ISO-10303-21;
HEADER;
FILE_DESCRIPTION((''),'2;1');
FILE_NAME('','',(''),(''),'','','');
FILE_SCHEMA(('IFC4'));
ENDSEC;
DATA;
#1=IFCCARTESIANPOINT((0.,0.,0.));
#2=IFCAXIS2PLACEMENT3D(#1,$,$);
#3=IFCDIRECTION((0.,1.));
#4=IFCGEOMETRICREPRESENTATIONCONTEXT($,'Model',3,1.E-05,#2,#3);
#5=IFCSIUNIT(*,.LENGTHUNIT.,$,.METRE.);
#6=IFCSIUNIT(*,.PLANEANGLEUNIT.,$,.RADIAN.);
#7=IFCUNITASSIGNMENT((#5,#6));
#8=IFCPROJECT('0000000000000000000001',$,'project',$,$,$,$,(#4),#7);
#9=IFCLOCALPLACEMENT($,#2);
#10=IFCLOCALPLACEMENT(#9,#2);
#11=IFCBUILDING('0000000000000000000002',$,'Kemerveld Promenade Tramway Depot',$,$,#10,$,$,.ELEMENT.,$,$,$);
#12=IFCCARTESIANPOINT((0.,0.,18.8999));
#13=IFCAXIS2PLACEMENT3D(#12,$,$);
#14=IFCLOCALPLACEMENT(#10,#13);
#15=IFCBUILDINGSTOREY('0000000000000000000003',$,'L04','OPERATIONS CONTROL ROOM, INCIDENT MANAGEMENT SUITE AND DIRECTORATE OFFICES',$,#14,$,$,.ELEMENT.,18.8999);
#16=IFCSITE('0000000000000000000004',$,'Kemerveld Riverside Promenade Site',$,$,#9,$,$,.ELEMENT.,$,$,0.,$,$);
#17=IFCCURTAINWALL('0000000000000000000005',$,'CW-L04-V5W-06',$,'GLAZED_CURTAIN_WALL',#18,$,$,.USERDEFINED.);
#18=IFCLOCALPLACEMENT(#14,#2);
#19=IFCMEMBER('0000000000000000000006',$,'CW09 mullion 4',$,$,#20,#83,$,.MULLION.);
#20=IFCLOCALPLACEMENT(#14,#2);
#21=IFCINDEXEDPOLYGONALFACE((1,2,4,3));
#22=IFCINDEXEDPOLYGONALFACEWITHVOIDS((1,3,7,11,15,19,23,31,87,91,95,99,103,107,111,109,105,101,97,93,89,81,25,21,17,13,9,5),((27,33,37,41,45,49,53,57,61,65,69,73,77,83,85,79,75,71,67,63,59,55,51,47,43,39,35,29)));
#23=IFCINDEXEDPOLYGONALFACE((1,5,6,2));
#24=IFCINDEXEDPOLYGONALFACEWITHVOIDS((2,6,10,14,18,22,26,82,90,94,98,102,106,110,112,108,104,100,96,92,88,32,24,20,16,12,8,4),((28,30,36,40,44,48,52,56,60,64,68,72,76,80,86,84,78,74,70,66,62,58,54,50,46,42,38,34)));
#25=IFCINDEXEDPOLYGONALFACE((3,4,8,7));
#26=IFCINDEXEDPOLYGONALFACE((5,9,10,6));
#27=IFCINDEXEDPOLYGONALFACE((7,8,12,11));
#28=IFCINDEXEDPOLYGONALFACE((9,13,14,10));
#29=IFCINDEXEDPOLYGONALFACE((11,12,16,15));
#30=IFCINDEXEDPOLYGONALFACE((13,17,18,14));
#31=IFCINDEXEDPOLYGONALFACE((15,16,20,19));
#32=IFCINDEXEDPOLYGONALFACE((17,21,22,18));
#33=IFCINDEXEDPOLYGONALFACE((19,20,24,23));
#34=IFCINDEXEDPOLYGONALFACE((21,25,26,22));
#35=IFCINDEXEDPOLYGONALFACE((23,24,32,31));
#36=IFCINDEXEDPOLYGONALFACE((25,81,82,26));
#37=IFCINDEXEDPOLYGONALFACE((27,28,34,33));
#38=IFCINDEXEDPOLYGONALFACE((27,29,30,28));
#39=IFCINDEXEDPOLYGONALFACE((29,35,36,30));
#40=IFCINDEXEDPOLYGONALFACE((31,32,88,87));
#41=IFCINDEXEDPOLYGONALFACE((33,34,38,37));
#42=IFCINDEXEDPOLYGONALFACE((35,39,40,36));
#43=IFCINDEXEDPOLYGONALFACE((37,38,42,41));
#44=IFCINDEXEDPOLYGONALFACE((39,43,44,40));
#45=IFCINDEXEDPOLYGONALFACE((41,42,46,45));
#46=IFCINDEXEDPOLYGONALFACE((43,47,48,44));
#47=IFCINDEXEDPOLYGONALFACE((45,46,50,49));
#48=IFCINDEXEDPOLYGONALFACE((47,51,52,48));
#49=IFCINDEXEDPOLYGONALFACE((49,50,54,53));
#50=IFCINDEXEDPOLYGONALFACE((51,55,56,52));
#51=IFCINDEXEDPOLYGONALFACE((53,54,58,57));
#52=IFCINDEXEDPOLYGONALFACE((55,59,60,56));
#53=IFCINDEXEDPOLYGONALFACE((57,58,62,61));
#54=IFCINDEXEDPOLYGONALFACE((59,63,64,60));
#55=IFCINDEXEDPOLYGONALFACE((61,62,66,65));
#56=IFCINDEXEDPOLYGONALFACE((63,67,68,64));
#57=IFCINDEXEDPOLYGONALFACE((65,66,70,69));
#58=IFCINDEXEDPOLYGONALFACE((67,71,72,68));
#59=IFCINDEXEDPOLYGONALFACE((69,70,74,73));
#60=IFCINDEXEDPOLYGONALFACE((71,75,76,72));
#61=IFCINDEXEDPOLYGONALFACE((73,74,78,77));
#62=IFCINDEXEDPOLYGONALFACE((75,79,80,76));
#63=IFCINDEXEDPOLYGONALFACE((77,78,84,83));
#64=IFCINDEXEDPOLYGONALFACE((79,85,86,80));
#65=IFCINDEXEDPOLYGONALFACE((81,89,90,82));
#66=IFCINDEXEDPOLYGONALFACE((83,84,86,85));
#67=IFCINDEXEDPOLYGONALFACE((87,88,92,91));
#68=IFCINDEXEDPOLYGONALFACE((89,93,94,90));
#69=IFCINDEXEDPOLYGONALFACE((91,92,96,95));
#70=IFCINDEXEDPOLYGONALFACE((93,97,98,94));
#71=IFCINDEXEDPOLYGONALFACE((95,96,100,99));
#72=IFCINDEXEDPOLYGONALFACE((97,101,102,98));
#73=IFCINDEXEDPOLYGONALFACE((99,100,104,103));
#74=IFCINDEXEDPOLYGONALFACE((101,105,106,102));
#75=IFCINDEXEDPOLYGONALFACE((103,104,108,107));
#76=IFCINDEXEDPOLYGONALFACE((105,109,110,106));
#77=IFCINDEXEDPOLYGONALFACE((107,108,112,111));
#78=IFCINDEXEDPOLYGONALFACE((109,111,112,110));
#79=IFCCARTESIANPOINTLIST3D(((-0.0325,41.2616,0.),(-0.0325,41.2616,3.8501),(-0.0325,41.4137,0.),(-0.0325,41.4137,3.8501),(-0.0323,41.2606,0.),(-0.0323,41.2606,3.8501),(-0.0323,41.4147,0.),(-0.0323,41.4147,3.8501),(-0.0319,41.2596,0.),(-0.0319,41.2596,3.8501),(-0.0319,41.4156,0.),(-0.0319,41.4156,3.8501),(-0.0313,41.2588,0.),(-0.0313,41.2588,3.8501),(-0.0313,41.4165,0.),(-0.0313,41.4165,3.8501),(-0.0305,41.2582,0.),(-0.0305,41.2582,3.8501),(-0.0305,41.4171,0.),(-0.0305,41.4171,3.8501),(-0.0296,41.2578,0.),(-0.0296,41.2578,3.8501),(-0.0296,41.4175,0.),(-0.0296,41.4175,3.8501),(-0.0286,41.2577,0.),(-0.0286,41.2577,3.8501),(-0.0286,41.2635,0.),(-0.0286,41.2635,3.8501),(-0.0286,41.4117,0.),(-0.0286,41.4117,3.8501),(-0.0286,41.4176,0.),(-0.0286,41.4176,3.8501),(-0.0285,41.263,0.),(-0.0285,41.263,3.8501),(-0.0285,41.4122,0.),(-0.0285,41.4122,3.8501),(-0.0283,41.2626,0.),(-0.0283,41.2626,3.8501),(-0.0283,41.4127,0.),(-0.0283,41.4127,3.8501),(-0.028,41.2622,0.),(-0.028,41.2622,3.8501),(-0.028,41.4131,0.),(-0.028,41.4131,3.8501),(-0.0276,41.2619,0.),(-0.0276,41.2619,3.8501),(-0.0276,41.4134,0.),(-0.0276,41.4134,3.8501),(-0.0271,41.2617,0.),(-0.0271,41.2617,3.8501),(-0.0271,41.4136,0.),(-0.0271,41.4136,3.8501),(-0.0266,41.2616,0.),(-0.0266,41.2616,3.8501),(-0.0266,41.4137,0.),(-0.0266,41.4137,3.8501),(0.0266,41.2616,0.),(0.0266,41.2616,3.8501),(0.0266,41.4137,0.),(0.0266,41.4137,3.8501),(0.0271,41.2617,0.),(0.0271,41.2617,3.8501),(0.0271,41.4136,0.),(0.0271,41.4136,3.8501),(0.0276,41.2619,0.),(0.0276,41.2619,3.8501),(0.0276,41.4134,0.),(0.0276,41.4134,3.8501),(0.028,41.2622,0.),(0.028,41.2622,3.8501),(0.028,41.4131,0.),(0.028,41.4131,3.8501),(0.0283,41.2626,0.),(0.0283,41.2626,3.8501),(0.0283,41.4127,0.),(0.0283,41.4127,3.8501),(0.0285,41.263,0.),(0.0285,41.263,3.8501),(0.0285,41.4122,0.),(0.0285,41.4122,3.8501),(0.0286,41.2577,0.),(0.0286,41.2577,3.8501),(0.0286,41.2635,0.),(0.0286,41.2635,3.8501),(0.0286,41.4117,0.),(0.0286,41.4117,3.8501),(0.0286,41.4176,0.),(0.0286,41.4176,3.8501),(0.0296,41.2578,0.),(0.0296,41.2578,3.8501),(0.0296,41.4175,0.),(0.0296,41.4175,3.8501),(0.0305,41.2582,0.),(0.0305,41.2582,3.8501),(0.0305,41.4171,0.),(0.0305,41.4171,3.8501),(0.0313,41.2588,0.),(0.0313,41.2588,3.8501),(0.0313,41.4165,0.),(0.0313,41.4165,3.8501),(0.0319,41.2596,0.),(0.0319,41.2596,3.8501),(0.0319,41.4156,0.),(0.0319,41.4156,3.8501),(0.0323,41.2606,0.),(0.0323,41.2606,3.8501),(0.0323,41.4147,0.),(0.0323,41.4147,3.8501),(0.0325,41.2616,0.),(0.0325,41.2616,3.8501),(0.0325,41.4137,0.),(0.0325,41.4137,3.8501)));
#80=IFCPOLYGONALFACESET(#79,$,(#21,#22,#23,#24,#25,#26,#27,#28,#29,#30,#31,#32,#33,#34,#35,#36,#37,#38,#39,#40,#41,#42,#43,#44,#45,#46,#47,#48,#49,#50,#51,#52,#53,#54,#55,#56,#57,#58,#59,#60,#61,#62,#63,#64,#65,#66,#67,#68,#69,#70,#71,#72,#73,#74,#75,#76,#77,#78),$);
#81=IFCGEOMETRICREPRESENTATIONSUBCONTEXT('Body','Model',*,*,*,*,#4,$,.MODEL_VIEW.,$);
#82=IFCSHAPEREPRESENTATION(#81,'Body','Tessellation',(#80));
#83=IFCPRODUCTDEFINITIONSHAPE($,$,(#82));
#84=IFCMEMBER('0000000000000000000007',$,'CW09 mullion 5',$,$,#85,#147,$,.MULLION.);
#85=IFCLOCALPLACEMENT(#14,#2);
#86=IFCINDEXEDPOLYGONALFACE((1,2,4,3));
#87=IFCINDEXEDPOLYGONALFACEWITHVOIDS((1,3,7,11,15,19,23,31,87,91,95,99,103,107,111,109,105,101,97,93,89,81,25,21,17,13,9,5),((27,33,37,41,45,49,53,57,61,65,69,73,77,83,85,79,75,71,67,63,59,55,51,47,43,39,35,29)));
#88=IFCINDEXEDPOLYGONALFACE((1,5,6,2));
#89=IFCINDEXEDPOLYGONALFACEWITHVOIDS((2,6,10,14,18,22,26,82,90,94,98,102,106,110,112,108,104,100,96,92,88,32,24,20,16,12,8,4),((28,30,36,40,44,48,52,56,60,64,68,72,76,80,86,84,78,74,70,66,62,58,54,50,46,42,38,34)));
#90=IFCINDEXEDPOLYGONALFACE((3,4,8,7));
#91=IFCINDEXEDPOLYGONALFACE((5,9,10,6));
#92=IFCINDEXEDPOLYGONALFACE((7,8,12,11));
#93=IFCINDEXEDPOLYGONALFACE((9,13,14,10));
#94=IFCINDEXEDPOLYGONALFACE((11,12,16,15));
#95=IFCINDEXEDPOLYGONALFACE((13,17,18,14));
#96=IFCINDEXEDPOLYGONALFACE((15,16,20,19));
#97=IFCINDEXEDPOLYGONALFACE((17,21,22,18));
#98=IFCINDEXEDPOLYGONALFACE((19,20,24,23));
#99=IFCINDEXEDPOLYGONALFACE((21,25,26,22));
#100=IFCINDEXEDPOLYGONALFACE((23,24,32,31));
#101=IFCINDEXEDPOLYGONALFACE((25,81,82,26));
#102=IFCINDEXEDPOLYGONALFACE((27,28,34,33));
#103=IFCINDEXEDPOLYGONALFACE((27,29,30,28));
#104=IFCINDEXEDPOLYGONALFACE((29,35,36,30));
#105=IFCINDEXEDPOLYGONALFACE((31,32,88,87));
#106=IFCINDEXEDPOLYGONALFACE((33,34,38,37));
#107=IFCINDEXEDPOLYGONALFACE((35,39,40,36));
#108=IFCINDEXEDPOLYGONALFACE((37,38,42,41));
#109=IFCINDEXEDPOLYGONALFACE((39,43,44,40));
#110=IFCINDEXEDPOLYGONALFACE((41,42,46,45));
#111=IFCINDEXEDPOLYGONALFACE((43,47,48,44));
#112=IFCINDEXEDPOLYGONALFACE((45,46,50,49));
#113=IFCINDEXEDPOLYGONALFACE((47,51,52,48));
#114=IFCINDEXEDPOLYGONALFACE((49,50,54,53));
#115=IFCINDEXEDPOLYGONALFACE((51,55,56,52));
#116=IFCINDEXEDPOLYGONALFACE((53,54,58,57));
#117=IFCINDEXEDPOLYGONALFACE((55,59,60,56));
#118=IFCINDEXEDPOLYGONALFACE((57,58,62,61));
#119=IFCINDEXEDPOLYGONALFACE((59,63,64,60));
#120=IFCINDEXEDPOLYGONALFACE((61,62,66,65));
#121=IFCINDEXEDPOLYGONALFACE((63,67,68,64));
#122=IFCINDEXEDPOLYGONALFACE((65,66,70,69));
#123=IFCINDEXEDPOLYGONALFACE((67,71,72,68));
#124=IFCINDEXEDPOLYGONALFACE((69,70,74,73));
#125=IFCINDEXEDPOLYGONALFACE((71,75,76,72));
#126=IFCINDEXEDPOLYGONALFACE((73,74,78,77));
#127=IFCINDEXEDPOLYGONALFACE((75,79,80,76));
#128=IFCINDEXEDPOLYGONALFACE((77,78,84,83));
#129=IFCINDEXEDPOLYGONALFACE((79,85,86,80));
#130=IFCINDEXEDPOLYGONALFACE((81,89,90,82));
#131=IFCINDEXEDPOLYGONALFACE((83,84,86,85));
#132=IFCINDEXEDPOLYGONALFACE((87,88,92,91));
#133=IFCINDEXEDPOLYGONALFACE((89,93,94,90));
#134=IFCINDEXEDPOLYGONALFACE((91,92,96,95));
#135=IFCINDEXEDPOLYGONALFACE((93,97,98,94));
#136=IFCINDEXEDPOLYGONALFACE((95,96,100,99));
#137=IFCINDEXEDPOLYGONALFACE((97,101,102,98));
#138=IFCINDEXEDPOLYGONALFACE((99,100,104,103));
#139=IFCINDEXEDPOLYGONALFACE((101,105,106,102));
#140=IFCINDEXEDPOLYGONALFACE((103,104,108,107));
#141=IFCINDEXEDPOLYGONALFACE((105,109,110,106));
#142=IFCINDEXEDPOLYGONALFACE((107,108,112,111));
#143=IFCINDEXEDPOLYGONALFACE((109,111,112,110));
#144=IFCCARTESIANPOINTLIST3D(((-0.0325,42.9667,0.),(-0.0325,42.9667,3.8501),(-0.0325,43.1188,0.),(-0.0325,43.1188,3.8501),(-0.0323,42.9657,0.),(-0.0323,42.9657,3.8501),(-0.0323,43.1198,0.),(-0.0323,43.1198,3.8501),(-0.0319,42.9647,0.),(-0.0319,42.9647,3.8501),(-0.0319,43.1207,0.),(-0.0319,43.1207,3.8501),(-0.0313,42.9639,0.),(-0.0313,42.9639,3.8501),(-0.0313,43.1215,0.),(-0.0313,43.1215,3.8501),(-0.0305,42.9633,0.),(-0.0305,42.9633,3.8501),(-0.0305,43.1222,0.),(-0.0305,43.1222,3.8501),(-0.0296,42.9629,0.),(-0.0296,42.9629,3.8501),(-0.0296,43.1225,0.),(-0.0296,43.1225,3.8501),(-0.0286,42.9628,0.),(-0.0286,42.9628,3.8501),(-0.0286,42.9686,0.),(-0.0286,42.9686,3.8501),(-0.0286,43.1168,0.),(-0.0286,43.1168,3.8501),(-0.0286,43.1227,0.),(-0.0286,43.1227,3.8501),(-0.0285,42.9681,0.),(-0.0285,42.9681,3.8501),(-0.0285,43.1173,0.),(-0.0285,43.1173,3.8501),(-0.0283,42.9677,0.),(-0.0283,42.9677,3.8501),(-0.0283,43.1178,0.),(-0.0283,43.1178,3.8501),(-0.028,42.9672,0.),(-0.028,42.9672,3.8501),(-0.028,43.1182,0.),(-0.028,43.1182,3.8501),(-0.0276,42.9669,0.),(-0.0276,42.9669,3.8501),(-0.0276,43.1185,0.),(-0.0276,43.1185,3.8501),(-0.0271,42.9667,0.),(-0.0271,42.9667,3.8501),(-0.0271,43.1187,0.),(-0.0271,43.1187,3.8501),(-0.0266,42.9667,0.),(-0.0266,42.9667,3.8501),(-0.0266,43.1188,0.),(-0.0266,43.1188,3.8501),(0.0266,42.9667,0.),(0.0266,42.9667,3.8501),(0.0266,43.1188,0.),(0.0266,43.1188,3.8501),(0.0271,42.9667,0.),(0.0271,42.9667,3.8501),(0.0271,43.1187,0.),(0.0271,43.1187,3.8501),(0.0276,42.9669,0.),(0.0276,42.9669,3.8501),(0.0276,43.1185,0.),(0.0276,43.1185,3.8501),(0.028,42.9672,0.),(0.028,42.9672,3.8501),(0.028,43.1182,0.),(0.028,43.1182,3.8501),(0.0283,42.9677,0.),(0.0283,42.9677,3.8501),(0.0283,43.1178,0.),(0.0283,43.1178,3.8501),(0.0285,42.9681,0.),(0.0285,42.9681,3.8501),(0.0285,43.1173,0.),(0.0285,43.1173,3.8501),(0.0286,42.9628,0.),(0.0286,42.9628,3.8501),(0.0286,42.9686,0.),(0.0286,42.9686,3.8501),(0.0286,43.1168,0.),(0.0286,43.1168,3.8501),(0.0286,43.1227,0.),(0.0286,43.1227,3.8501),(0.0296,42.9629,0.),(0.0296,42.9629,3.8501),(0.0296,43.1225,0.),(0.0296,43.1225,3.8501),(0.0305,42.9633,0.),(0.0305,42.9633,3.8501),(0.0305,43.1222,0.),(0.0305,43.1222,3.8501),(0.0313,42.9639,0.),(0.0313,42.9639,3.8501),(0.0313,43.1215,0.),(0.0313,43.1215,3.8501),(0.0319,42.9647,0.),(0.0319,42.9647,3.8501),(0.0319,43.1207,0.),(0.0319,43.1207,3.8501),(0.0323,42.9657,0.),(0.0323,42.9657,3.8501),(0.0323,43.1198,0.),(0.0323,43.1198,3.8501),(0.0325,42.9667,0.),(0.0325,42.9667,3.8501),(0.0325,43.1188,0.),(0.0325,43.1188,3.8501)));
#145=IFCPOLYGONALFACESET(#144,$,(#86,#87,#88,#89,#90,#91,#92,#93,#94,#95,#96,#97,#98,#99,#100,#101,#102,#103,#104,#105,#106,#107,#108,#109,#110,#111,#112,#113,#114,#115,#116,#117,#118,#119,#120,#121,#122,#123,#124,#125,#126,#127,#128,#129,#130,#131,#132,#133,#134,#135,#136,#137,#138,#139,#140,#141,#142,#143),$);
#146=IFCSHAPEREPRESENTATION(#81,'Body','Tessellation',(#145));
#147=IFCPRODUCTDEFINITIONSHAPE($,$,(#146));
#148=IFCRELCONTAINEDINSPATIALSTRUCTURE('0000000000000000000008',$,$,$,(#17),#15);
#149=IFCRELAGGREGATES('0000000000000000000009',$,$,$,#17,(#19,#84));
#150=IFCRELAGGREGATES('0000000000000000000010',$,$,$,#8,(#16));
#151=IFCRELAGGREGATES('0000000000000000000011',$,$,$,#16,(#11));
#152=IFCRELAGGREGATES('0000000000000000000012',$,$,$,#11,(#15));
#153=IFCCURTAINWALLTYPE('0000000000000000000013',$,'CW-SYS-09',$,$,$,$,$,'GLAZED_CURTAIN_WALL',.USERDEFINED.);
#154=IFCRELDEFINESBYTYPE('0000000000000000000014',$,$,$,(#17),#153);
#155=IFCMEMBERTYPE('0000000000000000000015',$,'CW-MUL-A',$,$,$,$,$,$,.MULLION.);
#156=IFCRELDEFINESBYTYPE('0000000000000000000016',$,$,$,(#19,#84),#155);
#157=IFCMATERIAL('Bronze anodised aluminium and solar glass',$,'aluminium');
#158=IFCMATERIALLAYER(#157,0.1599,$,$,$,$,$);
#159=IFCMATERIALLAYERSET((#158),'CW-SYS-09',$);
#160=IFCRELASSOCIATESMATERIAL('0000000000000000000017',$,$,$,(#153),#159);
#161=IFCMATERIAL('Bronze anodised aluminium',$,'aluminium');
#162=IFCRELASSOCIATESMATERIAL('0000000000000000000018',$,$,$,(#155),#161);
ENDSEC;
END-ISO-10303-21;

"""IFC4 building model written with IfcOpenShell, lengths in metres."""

from ifc_helpers import new_model, si_unit, direction, frame, origin, origin_2d, place, context, subcontext, project, spatial, hollow_rectangle, extrude, material, layer, layer_set, material_profile, profile_set, type_object, element, aggregate, save


model = new_model("IFC4")

# Units and contexts
model_context = context("Model", 3, precision=1e-05, world=origin(), true_north=direction((0.0, 1.0)))
body_context = subcontext(model_context, "Body", "Model", "MODEL_VIEW")
ifc_project = project(units=[si_unit("LENGTHUNIT", "METRE"), si_unit("PLANEANGLEUNIT", "RADIAN")], contexts=[model_context])

# Site, building, storey
site_placement = place(None, origin())
site = spatial("IfcSite", under=ifc_project, at=site_placement, Name="Kemerveld Riverside Promenade Site", CompositionType="ELEMENT", RefElevation=0.0)
building_placement = place(site_placement, origin())
building = spatial("IfcBuilding", under=site, at=building_placement, Name="Kemerveld Promenade Tramway Depot", CompositionType="ELEMENT")
storey_placement = place(building_placement, frame((0.0, 0.0, 18.8999)))
storey = spatial("IfcBuildingStorey", under=building, at=storey_placement, Name="L04", Description="OPERATIONS CONTROL ROOM, INCIDENT MANAGEMENT SUITE AND DIRECTORATE OFFICES", CompositionType="ELEMENT", Elevation=18.8999)

# Curtain wall, members
ifc_material_1 = material(Name="Bronze anodised aluminium and solar glass", Category="aluminium")
ifc_layer_1 = layer(ifc_material_1, 0.1599)
ifc_layer_set_1 = layer_set([ifc_layer_1], Name="CW-SYS-09")
curtain_wall_type = type_object("IfcCurtainWallType", Name="CW-SYS-09", ElementType="GLAZED_CURTAIN_WALL", PredefinedType="USERDEFINED", material=ifc_layer_set_1)
curtain_wall_placement = place(storey_placement, origin())
curtain_wall = element("IfcCurtainWall", 1, at=curtain_wall_placement, inside=storey, type_object=curtain_wall_type, Name="CW-L04-V5W-06", ObjectType="GLAZED_CURTAIN_WALL", PredefinedType="USERDEFINED")
ifc_material_2 = material(Name="Bronze anodised aluminium", Category="aluminium")
ifc_material_profile_1 = material_profile(ifc_material_2, hollow_rectangle(XDim=0.0649, YDim=0.1599, WallThickness=0.0039, InnerFilletRadius=0.002, OuterFilletRadius=0.0039, at=origin_2d()), Name="CW-MUL-160x65")
ifc_profile_set_1 = profile_set([ifc_material_profile_1], Name="Bronze anodised aluminium")
member_type_1 = type_object("IfcMemberType", Name="CW-MUL-A", PredefinedType="MULLION", material=ifc_profile_set_1)
member_1_placement = place(storey_placement, frame((0.0, 41.3376, 0.0), z_axis=(0.0, 0.0, 1.0), x_axis=(-1.0, 0.0, 0.0)))
member_1 = element("IfcMember", 2, at=member_1_placement, type_object=member_type_1, Name="CW09 mullion 4", PredefinedType="MULLION", context=body_context, shape_type="SweptSolid", body=[
    extrude(hollow_rectangle(XDim=0.0649, YDim=0.1599, WallThickness=0.0039, InnerFilletRadius=0.002, OuterFilletRadius=0.0039, at=origin_2d()), origin(), (0.0, 0.0, 1.0), 3.8501),
])
member_2_placement = place(storey_placement, frame((0.0, 43.0427, 0.0), z_axis=(0.0, 0.0, 1.0), x_axis=(-1.0, 0.0, 0.0)))
member_2 = element("IfcMember", 3, at=member_2_placement, type_object=member_type_1, Name="CW09 mullion 5", PredefinedType="MULLION", context=body_context, shape_type="SweptSolid", body=[
    extrude(hollow_rectangle(XDim=0.0649, YDim=0.1599, WallThickness=0.0039, InnerFilletRadius=0.002, OuterFilletRadius=0.0039, at=origin_2d()), origin(), (0.0, 0.0, 1.0), 3.8501),
])
aggregate(curtain_wall, [member_1, member_2])

save(model, "model.ifc")
